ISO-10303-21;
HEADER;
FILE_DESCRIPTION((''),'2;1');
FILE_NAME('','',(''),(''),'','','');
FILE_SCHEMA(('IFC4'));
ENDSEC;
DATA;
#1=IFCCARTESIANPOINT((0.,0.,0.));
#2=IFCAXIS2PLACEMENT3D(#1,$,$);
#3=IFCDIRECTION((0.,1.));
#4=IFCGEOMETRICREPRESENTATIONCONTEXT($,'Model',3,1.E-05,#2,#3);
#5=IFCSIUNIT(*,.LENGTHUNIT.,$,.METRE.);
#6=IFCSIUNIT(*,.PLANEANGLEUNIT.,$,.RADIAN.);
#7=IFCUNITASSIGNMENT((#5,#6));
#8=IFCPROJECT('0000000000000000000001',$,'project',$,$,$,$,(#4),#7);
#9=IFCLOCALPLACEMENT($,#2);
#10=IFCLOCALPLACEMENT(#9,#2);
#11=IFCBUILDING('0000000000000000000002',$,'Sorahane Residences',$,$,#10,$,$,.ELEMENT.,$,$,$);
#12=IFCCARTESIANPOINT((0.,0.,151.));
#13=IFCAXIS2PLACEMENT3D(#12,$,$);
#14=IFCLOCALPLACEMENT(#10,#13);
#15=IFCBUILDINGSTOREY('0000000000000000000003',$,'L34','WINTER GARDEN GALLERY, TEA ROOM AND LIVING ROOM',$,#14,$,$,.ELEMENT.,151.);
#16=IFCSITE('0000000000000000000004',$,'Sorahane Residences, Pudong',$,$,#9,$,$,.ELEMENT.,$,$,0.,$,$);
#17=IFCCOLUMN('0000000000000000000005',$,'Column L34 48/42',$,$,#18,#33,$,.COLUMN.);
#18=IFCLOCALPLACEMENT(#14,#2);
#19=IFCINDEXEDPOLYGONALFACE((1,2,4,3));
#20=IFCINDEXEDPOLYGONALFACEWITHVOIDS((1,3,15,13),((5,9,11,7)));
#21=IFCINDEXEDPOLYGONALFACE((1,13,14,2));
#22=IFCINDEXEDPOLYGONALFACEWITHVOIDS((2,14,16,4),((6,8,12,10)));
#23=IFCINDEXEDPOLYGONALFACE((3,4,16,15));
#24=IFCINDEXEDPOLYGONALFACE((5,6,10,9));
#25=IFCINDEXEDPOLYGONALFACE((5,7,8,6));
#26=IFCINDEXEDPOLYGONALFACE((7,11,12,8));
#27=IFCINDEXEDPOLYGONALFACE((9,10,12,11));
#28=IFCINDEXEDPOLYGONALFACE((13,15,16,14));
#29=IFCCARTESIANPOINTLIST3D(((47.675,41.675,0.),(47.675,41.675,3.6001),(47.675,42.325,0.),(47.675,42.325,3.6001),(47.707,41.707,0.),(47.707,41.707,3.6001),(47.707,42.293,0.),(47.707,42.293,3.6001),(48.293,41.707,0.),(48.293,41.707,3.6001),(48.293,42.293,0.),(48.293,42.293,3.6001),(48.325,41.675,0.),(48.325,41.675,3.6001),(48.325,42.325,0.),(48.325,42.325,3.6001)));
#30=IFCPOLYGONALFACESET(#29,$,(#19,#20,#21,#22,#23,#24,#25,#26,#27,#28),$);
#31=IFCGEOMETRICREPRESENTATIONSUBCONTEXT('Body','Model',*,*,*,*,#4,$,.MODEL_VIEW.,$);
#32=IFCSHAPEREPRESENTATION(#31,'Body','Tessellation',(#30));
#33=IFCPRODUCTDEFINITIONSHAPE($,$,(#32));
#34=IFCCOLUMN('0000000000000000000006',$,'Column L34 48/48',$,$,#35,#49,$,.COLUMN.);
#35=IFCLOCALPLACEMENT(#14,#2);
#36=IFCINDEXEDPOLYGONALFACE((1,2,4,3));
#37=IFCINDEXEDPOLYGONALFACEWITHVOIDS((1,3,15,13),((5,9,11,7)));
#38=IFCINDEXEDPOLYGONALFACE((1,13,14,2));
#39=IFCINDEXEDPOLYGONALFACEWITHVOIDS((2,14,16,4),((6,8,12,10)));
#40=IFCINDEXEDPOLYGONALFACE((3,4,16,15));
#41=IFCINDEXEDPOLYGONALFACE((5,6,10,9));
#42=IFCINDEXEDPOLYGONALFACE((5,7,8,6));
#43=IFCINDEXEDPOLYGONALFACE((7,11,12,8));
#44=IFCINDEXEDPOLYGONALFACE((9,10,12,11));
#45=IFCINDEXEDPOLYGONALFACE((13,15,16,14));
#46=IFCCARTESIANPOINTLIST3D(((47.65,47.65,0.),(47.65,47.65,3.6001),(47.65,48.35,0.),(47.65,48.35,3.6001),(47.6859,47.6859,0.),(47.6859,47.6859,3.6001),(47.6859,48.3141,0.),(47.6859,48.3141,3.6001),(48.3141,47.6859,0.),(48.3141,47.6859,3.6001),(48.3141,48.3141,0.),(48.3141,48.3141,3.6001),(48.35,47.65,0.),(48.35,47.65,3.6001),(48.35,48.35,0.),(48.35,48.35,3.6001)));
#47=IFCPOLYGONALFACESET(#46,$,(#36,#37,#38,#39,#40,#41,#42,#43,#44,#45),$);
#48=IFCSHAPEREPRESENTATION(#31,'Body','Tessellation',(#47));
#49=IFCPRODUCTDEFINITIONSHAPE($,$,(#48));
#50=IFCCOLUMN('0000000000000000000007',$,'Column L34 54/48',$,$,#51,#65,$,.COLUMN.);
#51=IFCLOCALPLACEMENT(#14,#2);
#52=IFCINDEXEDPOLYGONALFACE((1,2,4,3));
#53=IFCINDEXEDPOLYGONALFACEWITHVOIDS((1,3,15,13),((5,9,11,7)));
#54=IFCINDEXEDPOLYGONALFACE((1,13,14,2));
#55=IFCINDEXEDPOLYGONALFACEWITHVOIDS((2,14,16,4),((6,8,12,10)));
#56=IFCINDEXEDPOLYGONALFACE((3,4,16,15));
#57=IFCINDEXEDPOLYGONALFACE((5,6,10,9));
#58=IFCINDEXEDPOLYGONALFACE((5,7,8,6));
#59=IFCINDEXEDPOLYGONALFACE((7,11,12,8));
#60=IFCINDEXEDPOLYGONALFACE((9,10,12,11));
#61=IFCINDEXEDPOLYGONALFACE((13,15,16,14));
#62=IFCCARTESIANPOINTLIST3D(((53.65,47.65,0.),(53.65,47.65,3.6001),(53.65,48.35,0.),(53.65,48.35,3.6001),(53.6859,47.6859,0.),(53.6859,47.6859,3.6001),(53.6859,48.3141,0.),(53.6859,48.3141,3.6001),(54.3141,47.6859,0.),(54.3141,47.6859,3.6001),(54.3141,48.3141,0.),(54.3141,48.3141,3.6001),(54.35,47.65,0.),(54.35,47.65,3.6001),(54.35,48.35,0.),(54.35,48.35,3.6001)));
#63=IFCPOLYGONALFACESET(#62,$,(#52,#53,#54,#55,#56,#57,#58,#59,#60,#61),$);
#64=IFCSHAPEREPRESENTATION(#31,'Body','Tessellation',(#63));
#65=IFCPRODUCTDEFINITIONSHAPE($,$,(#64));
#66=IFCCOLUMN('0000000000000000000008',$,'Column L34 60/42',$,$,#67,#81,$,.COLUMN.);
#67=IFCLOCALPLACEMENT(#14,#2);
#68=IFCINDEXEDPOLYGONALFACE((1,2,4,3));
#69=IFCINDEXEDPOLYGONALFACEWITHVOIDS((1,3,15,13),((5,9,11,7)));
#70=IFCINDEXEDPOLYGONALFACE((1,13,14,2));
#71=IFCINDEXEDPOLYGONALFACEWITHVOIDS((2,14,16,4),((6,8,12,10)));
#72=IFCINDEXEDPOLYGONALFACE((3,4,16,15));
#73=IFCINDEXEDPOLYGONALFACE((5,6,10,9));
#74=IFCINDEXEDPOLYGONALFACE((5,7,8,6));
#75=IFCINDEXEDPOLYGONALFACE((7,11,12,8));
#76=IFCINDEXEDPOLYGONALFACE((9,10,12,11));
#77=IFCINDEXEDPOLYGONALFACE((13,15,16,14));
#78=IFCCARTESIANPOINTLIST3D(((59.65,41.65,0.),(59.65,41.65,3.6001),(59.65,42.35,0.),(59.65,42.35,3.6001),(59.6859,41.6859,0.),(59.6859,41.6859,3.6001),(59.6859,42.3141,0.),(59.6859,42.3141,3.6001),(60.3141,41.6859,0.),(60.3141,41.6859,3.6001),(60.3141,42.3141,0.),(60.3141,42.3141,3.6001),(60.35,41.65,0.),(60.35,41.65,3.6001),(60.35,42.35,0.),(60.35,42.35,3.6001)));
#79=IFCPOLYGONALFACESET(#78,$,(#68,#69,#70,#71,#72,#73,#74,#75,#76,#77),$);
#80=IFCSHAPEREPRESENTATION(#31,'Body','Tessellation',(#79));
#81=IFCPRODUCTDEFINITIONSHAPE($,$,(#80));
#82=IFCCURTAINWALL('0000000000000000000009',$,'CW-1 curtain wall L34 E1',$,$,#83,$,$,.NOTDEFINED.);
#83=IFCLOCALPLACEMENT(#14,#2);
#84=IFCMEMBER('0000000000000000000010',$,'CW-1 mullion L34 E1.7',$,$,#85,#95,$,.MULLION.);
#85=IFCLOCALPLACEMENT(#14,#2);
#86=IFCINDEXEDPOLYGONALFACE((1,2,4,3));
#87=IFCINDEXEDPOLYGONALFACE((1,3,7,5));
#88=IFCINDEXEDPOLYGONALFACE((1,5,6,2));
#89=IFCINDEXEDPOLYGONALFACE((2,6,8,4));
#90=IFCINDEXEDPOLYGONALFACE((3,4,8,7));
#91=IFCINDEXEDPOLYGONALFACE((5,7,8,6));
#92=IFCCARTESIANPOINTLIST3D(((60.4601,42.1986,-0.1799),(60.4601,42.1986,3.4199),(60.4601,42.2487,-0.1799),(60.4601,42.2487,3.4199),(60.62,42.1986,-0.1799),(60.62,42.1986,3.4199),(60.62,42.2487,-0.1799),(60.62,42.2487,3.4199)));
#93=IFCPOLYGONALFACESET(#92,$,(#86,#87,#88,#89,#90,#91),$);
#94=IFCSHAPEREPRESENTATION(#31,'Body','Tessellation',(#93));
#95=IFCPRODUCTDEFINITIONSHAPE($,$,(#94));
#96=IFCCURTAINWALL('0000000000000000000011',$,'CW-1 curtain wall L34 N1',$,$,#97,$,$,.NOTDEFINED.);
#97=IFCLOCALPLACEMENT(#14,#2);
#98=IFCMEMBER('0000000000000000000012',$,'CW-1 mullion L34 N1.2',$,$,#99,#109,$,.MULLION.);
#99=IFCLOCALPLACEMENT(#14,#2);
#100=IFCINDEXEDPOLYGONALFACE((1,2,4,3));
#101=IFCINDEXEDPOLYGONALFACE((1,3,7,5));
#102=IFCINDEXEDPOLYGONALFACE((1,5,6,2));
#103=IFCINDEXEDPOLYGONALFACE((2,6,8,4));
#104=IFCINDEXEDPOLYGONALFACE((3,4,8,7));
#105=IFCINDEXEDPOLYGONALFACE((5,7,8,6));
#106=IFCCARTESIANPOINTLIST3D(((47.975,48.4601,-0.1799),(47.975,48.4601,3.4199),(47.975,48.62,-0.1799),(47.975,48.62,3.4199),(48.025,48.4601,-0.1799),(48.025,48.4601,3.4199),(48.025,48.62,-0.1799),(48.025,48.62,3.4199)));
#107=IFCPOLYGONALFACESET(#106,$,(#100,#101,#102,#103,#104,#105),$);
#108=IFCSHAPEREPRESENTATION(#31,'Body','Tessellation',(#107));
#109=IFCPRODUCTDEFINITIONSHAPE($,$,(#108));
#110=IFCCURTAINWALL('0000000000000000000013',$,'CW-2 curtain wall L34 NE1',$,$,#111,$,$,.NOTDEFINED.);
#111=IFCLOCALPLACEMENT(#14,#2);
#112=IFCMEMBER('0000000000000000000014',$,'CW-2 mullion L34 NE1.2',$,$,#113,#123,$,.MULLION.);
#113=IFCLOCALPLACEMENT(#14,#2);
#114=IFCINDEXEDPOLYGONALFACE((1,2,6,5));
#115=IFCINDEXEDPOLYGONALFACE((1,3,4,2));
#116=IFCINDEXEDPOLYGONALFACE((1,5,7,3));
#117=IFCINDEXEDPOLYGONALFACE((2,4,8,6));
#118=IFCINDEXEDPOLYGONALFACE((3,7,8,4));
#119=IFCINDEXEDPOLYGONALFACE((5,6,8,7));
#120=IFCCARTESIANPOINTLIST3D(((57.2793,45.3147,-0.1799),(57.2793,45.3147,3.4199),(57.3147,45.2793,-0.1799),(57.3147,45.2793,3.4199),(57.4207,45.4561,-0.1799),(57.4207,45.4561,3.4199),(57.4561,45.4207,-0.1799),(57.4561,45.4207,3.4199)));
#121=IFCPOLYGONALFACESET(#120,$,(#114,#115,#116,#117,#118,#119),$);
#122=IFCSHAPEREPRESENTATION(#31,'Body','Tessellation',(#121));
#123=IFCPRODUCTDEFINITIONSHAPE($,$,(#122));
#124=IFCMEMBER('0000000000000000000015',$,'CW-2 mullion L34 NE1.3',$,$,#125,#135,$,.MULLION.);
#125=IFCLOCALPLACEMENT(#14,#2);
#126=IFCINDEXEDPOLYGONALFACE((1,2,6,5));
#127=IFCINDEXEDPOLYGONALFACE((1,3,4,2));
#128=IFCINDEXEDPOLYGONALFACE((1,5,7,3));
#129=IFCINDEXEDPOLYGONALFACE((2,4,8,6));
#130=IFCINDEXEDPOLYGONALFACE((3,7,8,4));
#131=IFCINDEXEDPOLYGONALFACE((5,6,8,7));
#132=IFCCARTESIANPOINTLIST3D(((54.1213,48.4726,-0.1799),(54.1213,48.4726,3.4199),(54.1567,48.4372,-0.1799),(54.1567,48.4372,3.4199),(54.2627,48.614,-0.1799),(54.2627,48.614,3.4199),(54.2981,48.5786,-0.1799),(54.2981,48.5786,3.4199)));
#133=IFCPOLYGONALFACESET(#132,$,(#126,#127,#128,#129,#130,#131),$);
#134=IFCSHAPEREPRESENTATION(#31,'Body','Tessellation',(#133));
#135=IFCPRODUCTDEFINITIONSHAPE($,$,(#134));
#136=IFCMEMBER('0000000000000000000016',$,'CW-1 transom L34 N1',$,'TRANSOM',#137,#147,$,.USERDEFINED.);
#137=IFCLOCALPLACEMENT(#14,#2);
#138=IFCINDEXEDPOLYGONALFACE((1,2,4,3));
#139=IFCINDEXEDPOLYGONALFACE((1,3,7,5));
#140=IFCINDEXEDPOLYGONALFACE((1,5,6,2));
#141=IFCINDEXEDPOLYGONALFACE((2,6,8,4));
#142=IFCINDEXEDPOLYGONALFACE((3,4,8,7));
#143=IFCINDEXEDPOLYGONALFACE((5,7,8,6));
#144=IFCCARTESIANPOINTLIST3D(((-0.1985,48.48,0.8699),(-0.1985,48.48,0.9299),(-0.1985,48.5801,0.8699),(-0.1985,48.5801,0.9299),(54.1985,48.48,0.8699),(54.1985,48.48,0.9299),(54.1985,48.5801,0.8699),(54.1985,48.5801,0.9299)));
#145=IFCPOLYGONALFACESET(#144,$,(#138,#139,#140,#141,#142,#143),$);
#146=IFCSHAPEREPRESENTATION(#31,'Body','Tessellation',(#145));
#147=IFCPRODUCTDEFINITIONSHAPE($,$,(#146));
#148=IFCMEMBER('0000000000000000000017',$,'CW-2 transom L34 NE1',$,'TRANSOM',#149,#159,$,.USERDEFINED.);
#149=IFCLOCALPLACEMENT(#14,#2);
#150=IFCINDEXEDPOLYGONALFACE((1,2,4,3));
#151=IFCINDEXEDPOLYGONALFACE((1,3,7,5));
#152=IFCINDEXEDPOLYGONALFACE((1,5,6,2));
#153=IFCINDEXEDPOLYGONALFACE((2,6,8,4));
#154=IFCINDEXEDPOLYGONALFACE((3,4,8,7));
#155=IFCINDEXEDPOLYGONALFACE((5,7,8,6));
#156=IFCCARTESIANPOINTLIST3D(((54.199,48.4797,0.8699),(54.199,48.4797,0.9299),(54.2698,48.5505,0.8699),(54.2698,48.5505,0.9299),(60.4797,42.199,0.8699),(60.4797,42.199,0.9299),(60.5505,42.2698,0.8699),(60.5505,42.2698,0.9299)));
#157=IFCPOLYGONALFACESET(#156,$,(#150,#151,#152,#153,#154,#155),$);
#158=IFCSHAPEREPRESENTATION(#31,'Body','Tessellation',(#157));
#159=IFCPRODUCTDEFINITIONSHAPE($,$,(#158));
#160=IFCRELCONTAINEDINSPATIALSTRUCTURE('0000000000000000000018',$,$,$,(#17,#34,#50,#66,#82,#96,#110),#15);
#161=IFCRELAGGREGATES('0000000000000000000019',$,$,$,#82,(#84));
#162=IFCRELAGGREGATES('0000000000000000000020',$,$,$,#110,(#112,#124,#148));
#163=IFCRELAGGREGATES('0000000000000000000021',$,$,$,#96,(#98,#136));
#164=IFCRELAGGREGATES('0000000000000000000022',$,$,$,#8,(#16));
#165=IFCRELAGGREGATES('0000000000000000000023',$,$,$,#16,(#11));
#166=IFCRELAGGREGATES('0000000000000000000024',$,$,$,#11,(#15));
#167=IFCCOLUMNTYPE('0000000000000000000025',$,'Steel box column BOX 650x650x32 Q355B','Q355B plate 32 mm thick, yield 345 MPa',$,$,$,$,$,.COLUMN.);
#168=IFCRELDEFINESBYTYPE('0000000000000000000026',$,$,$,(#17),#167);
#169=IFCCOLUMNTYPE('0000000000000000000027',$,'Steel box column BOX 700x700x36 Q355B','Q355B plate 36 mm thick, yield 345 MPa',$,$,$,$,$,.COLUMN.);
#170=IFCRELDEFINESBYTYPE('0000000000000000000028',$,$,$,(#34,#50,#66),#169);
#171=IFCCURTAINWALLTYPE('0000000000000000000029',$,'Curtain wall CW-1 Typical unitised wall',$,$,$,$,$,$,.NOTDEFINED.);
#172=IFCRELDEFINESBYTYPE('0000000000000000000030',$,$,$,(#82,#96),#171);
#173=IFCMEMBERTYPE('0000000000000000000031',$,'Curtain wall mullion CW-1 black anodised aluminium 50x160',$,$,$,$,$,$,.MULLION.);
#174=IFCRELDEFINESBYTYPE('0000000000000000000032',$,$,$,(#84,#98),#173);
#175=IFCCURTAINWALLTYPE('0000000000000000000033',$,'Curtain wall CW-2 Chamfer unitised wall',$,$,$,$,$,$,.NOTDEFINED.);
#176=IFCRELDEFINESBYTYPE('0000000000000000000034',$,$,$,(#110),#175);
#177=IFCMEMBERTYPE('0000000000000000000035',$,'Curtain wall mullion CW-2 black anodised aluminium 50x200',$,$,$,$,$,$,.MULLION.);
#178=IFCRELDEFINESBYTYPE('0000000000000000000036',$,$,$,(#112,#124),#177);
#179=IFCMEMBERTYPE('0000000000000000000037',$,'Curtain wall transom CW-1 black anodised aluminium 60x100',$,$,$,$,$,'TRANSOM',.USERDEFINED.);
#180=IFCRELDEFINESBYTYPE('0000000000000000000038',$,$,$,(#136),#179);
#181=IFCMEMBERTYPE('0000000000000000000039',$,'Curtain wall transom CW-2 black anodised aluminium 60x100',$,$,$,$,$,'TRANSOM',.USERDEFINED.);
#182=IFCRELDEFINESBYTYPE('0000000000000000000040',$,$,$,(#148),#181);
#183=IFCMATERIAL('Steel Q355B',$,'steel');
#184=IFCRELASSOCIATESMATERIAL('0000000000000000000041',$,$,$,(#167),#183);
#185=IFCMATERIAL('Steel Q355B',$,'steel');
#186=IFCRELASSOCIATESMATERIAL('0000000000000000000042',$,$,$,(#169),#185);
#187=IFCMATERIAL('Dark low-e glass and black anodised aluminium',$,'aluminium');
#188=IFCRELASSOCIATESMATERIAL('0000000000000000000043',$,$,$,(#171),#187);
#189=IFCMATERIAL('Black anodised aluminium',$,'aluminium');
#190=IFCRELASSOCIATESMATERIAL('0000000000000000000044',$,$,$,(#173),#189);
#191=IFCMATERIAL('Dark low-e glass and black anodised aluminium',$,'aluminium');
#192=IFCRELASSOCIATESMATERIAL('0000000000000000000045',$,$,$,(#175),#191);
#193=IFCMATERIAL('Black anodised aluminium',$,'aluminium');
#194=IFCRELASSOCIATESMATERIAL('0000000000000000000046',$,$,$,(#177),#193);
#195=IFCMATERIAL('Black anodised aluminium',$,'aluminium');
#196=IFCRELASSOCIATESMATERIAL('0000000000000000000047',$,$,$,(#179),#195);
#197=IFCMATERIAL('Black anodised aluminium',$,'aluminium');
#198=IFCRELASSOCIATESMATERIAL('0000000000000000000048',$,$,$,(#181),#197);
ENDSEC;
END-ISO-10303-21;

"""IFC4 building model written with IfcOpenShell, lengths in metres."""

from ifc_helpers import new_model, si_unit, direction, frame, origin, origin_2d, place, context, subcontext, project, spatial, rectangle, hollow_rectangle, extrude, material, material_profile, profile_set, type_object, element, aggregate, save


model = new_model("IFC4")

# Units and contexts
model_context = context("Model", 3, precision=1e-05, world=origin(), true_north=direction((0.0, 1.0)))
body_context = subcontext(model_context, "Body", "Model", "MODEL_VIEW")
ifc_project = project(units=[si_unit("LENGTHUNIT", "METRE"), si_unit("PLANEANGLEUNIT", "RADIAN")], contexts=[model_context])

# Site, building, storey
site_placement = place(None, origin())
site = spatial("IfcSite", under=ifc_project, at=site_placement, Name="Sorahane Residences, Pudong", CompositionType="ELEMENT", RefElevation=0.0)
building_placement = place(site_placement, origin())
building = spatial("IfcBuilding", under=site, at=building_placement, Name="Sorahane Residences", CompositionType="ELEMENT")
storey_placement = place(building_placement, frame((0.0, 0.0, 151.0)))
storey = spatial("IfcBuildingStorey", under=building, at=storey_placement, Name="L34", Description="WINTER GARDEN GALLERY, TEA ROOM AND LIVING ROOM", CompositionType="ELEMENT", Elevation=151.0)

# Columns
ifc_material_1 = material(Name="Steel Q355B", Category="steel")
ifc_material_profile_1 = material_profile(ifc_material_1, hollow_rectangle(XDim=0.6499, YDim=0.6499, WallThickness=0.032, at=origin_2d()), Name="BOX 650x650x32")
ifc_profile_set_1 = profile_set([ifc_material_profile_1], Name="Steel Q355B")
column_type_1 = type_object("IfcColumnType", Name="Steel box column BOX 650x650x32 Q355B", Description="Q355B plate 32 mm thick, yield 345 MPa", PredefinedType="COLUMN", material=ifc_profile_set_1)
column_placement = place(storey_placement, frame((48.0, 42.0, 0.0), z_axis=(0.0, 0.0, 1.0), x_axis=(1.0, 0.0, 0.0)))
element("IfcColumn", 1, at=column_placement, inside=storey, type_object=column_type_1, Name="Column L34 48/42", PredefinedType="COLUMN", context=body_context, shape_type="SweptSolid", body=[
    extrude(hollow_rectangle(XDim=0.6499, YDim=0.6499, WallThickness=0.032, at=origin_2d()), origin(), (0.0, 0.0, 1.0), 3.6001),
])
ifc_material_2 = material(Name="Steel Q355B", Category="steel")
ifc_material_profile_2 = material_profile(ifc_material_2, hollow_rectangle(XDim=0.7, YDim=0.7, WallThickness=0.0359, at=origin_2d()), Name="BOX 700x700x36")
ifc_profile_set_2 = profile_set([ifc_material_profile_2], Name="Steel Q355B")
column_type_2 = type_object("IfcColumnType", Name="Steel box column BOX 700x700x36 Q355B", Description="Q355B plate 36 mm thick, yield 345 MPa", PredefinedType="COLUMN", material=ifc_profile_set_2)
for number, where, z_axis, x_axis, name in (
    (2, (48.0, 48.0, 0.0), (0.0, 0.0, 1.0), (1.0, 0.0, 0.0), "Column L34 48/48"),
    (3, (54.0, 48.0, 0.0), (0.0, 0.0, 1.0), (1.0, 0.0, 0.0), "Column L34 54/48"),
    (4, (60.0, 42.0, 0.0), (0.0, 0.0, 1.0), (1.0, 0.0, 0.0), "Column L34 60/42"),
):
    element("IfcColumn", number, at=place(storey_placement, frame(where, z_axis=z_axis, x_axis=x_axis)), inside=storey, type_object=column_type_2, Name=name, PredefinedType="COLUMN", context=body_context, shape_type="SweptSolid", body=[
        extrude(hollow_rectangle(XDim=0.7, YDim=0.7, WallThickness=0.0359, at=origin_2d()), origin(), (0.0, 0.0, 1.0), 3.6001),
    ])

# Curtain walls, members
ifc_material_3 = material(Name="Dark low-e glass and black anodised aluminium", Category="aluminium")
curtain_wall_type_1 = type_object("IfcCurtainWallType", Name="Curtain wall CW-1 Typical unitised wall", PredefinedType="NOTDEFINED", material=ifc_material_3)
curtain_wall_1_placement = place(storey_placement, origin())
curtain_wall_1 = element("IfcCurtainWall", 5, at=curtain_wall_1_placement, inside=storey, type_object=curtain_wall_type_1, Name="CW-1 curtain wall L34 E1", PredefinedType="NOTDEFINED")
ifc_material_4 = material(Name="Black anodised aluminium", Category="aluminium")
ifc_material_profile_3 = material_profile(ifc_material_4, rectangle(XDim=0.1599, YDim=0.05, at=origin_2d()), Name="Curtain wall mullion CW-1 black anodised aluminium 50x160")
ifc_profile_set_3 = profile_set([ifc_material_profile_3], Name="Black anodised aluminium")
member_type_1 = type_object("IfcMemberType", Name="Curtain wall mullion CW-1 black anodised aluminium 50x160", PredefinedType="MULLION", material=ifc_profile_set_3)
member_1_placement = place(storey_placement, frame((60.54, 42.2236, -0.1799), z_axis=(0.0, 0.0, 1.0), x_axis=(1.0, 0.0, 0.0)))
member_1 = element("IfcMember", 6, at=member_1_placement, type_object=member_type_1, Name="CW-1 mullion L34 E1.7", PredefinedType="MULLION", context=body_context, shape_type="SweptSolid", body=[
    extrude(rectangle(XDim=0.1599, YDim=0.05, at=origin_2d()), origin(), (0.0, 0.0, 1.0), 3.5999),
])
aggregate(curtain_wall_1, [member_1])
curtain_wall_2_placement = place(storey_placement, origin())
curtain_wall_2 = element("IfcCurtainWall", 7, at=curtain_wall_2_placement, inside=storey, type_object=curtain_wall_type_1, Name="CW-1 curtain wall L34 N1", PredefinedType="NOTDEFINED")
member_2_placement = place(storey_placement, frame((48.0, 48.54, -0.1799), z_axis=(0.0, 0.0, 1.0), x_axis=(0.0, 1.0, 0.0)))
member_2 = element("IfcMember", 8, at=member_2_placement, type_object=member_type_1, Name="CW-1 mullion L34 N1.2", PredefinedType="MULLION", context=body_context, shape_type="SweptSolid", body=[
    extrude(rectangle(XDim=0.1599, YDim=0.05, at=origin_2d()), origin(), (0.0, 0.0, 1.0), 3.5999),
])

# Curtain wall, members
ifc_material_5 = material(Name="Dark low-e glass and black anodised aluminium", Category="aluminium")
curtain_wall_type_2 = type_object("IfcCurtainWallType", Name="Curtain wall CW-2 Chamfer unitised wall", PredefinedType="NOTDEFINED", material=ifc_material_5)
curtain_wall_3_placement = place(storey_placement, origin())
curtain_wall_3 = element("IfcCurtainWall", 9, at=curtain_wall_3_placement, inside=storey, type_object=curtain_wall_type_2, Name="CW-2 curtain wall L34 NE1", PredefinedType="NOTDEFINED")
ifc_material_6 = material(Name="Black anodised aluminium", Category="aluminium")
ifc_material_profile_4 = material_profile(ifc_material_6, rectangle(XDim=0.2, YDim=0.05, at=origin_2d()), Name="Curtain wall mullion CW-2 black anodised aluminium 50x200")
ifc_profile_set_4 = profile_set([ifc_material_profile_4], Name="Black anodised aluminium")
member_type_2 = type_object("IfcMemberType", Name="Curtain wall mullion CW-2 black anodised aluminium 50x200", PredefinedType="MULLION", material=ifc_profile_set_4)
member_3_placement = place(storey_placement, frame((57.3677, 45.3677, -0.1799), z_axis=(0.0, 0.0, 1.0), x_axis=(0.707107, 0.707107, 0.0)))
member_3 = element("IfcMember", 10, at=member_3_placement, type_object=member_type_2, Name="CW-2 mullion L34 NE1.2", PredefinedType="MULLION", context=body_context, shape_type="SweptSolid", body=[
    extrude(rectangle(XDim=0.2, YDim=0.05, at=origin_2d()), origin(), (0.0, 0.0, 1.0), 3.5999),
])
member_4_placement = place(storey_placement, frame((54.2097, 48.5256, -0.1799), z_axis=(0.0, 0.0, 1.0), x_axis=(0.707107, 0.707107, 0.0)))
member_4 = element("IfcMember", 11, at=member_4_placement, type_object=member_type_2, Name="CW-2 mullion L34 NE1.3", PredefinedType="MULLION", context=body_context, shape_type="SweptSolid", body=[
    extrude(rectangle(XDim=0.2, YDim=0.05, at=origin_2d()), origin(), (0.0, 0.0, 1.0), 3.5999),
])

# Members
ifc_material_7 = material(Name="Black anodised aluminium", Category="aluminium")
ifc_material_profile_5 = material_profile(ifc_material_7, rectangle(XDim=0.1001, YDim=0.0601, at=origin_2d()), Name="Curtain wall transom CW-1 black anodised aluminium 60x100")
ifc_profile_set_5 = profile_set([ifc_material_profile_5], Name="Black anodised aluminium")
member_type_3 = type_object("IfcMemberType", Name="Curtain wall transom CW-1 black anodised aluminium 60x100", ElementType="TRANSOM", PredefinedType="USERDEFINED", material=ifc_profile_set_5)
member_5_placement = place(storey_placement, frame((54.1985, 48.53, 0.8999), z_axis=(-1.0, 0.0, 0.0), x_axis=(0.0, -1.0, 0.0)))
member_5 = element("IfcMember", 12, at=member_5_placement, type_object=member_type_3, Name="CW-1 transom L34 N1", ObjectType="TRANSOM", PredefinedType="USERDEFINED", context=body_context, shape_type="SweptSolid", body=[
    extrude(rectangle(XDim=0.1001, YDim=0.0601, at=origin_2d()), origin(), (0.0, 0.0, 1.0), 54.397),
])
ifc_material_8 = material(Name="Black anodised aluminium", Category="aluminium")
ifc_material_profile_6 = material_profile(ifc_material_8, rectangle(XDim=0.1001, YDim=0.0601, at=origin_2d()), Name="Curtain wall transom CW-2 black anodised aluminium 60x100")
ifc_profile_set_6 = profile_set([ifc_material_profile_6], Name="Black anodised aluminium")
member_type_4 = type_object("IfcMemberType", Name="Curtain wall transom CW-2 black anodised aluminium 60x100", ElementType="TRANSOM", PredefinedType="USERDEFINED", material=ifc_profile_set_6)
member_6_placement = place(storey_placement, frame((60.5151, 42.2344, 0.8999), z_axis=(-0.707107, 0.707107, 0.0), x_axis=(-0.707107, -0.707107, 0.0)))
member_6 = element("IfcMember", 13, at=member_6_placement, type_object=member_type_4, Name="CW-2 transom L34 NE1", ObjectType="TRANSOM", PredefinedType="USERDEFINED", context=body_context, shape_type="SweptSolid", body=[
    extrude(rectangle(XDim=0.1001, YDim=0.0601, at=origin_2d()), origin(), (0.0, 0.0, 1.0), 8.8823),
])

aggregate(curtain_wall_3, [member_3, member_4, member_6])
aggregate(curtain_wall_2, [member_2, member_5])

save(model, "model.ifc")
